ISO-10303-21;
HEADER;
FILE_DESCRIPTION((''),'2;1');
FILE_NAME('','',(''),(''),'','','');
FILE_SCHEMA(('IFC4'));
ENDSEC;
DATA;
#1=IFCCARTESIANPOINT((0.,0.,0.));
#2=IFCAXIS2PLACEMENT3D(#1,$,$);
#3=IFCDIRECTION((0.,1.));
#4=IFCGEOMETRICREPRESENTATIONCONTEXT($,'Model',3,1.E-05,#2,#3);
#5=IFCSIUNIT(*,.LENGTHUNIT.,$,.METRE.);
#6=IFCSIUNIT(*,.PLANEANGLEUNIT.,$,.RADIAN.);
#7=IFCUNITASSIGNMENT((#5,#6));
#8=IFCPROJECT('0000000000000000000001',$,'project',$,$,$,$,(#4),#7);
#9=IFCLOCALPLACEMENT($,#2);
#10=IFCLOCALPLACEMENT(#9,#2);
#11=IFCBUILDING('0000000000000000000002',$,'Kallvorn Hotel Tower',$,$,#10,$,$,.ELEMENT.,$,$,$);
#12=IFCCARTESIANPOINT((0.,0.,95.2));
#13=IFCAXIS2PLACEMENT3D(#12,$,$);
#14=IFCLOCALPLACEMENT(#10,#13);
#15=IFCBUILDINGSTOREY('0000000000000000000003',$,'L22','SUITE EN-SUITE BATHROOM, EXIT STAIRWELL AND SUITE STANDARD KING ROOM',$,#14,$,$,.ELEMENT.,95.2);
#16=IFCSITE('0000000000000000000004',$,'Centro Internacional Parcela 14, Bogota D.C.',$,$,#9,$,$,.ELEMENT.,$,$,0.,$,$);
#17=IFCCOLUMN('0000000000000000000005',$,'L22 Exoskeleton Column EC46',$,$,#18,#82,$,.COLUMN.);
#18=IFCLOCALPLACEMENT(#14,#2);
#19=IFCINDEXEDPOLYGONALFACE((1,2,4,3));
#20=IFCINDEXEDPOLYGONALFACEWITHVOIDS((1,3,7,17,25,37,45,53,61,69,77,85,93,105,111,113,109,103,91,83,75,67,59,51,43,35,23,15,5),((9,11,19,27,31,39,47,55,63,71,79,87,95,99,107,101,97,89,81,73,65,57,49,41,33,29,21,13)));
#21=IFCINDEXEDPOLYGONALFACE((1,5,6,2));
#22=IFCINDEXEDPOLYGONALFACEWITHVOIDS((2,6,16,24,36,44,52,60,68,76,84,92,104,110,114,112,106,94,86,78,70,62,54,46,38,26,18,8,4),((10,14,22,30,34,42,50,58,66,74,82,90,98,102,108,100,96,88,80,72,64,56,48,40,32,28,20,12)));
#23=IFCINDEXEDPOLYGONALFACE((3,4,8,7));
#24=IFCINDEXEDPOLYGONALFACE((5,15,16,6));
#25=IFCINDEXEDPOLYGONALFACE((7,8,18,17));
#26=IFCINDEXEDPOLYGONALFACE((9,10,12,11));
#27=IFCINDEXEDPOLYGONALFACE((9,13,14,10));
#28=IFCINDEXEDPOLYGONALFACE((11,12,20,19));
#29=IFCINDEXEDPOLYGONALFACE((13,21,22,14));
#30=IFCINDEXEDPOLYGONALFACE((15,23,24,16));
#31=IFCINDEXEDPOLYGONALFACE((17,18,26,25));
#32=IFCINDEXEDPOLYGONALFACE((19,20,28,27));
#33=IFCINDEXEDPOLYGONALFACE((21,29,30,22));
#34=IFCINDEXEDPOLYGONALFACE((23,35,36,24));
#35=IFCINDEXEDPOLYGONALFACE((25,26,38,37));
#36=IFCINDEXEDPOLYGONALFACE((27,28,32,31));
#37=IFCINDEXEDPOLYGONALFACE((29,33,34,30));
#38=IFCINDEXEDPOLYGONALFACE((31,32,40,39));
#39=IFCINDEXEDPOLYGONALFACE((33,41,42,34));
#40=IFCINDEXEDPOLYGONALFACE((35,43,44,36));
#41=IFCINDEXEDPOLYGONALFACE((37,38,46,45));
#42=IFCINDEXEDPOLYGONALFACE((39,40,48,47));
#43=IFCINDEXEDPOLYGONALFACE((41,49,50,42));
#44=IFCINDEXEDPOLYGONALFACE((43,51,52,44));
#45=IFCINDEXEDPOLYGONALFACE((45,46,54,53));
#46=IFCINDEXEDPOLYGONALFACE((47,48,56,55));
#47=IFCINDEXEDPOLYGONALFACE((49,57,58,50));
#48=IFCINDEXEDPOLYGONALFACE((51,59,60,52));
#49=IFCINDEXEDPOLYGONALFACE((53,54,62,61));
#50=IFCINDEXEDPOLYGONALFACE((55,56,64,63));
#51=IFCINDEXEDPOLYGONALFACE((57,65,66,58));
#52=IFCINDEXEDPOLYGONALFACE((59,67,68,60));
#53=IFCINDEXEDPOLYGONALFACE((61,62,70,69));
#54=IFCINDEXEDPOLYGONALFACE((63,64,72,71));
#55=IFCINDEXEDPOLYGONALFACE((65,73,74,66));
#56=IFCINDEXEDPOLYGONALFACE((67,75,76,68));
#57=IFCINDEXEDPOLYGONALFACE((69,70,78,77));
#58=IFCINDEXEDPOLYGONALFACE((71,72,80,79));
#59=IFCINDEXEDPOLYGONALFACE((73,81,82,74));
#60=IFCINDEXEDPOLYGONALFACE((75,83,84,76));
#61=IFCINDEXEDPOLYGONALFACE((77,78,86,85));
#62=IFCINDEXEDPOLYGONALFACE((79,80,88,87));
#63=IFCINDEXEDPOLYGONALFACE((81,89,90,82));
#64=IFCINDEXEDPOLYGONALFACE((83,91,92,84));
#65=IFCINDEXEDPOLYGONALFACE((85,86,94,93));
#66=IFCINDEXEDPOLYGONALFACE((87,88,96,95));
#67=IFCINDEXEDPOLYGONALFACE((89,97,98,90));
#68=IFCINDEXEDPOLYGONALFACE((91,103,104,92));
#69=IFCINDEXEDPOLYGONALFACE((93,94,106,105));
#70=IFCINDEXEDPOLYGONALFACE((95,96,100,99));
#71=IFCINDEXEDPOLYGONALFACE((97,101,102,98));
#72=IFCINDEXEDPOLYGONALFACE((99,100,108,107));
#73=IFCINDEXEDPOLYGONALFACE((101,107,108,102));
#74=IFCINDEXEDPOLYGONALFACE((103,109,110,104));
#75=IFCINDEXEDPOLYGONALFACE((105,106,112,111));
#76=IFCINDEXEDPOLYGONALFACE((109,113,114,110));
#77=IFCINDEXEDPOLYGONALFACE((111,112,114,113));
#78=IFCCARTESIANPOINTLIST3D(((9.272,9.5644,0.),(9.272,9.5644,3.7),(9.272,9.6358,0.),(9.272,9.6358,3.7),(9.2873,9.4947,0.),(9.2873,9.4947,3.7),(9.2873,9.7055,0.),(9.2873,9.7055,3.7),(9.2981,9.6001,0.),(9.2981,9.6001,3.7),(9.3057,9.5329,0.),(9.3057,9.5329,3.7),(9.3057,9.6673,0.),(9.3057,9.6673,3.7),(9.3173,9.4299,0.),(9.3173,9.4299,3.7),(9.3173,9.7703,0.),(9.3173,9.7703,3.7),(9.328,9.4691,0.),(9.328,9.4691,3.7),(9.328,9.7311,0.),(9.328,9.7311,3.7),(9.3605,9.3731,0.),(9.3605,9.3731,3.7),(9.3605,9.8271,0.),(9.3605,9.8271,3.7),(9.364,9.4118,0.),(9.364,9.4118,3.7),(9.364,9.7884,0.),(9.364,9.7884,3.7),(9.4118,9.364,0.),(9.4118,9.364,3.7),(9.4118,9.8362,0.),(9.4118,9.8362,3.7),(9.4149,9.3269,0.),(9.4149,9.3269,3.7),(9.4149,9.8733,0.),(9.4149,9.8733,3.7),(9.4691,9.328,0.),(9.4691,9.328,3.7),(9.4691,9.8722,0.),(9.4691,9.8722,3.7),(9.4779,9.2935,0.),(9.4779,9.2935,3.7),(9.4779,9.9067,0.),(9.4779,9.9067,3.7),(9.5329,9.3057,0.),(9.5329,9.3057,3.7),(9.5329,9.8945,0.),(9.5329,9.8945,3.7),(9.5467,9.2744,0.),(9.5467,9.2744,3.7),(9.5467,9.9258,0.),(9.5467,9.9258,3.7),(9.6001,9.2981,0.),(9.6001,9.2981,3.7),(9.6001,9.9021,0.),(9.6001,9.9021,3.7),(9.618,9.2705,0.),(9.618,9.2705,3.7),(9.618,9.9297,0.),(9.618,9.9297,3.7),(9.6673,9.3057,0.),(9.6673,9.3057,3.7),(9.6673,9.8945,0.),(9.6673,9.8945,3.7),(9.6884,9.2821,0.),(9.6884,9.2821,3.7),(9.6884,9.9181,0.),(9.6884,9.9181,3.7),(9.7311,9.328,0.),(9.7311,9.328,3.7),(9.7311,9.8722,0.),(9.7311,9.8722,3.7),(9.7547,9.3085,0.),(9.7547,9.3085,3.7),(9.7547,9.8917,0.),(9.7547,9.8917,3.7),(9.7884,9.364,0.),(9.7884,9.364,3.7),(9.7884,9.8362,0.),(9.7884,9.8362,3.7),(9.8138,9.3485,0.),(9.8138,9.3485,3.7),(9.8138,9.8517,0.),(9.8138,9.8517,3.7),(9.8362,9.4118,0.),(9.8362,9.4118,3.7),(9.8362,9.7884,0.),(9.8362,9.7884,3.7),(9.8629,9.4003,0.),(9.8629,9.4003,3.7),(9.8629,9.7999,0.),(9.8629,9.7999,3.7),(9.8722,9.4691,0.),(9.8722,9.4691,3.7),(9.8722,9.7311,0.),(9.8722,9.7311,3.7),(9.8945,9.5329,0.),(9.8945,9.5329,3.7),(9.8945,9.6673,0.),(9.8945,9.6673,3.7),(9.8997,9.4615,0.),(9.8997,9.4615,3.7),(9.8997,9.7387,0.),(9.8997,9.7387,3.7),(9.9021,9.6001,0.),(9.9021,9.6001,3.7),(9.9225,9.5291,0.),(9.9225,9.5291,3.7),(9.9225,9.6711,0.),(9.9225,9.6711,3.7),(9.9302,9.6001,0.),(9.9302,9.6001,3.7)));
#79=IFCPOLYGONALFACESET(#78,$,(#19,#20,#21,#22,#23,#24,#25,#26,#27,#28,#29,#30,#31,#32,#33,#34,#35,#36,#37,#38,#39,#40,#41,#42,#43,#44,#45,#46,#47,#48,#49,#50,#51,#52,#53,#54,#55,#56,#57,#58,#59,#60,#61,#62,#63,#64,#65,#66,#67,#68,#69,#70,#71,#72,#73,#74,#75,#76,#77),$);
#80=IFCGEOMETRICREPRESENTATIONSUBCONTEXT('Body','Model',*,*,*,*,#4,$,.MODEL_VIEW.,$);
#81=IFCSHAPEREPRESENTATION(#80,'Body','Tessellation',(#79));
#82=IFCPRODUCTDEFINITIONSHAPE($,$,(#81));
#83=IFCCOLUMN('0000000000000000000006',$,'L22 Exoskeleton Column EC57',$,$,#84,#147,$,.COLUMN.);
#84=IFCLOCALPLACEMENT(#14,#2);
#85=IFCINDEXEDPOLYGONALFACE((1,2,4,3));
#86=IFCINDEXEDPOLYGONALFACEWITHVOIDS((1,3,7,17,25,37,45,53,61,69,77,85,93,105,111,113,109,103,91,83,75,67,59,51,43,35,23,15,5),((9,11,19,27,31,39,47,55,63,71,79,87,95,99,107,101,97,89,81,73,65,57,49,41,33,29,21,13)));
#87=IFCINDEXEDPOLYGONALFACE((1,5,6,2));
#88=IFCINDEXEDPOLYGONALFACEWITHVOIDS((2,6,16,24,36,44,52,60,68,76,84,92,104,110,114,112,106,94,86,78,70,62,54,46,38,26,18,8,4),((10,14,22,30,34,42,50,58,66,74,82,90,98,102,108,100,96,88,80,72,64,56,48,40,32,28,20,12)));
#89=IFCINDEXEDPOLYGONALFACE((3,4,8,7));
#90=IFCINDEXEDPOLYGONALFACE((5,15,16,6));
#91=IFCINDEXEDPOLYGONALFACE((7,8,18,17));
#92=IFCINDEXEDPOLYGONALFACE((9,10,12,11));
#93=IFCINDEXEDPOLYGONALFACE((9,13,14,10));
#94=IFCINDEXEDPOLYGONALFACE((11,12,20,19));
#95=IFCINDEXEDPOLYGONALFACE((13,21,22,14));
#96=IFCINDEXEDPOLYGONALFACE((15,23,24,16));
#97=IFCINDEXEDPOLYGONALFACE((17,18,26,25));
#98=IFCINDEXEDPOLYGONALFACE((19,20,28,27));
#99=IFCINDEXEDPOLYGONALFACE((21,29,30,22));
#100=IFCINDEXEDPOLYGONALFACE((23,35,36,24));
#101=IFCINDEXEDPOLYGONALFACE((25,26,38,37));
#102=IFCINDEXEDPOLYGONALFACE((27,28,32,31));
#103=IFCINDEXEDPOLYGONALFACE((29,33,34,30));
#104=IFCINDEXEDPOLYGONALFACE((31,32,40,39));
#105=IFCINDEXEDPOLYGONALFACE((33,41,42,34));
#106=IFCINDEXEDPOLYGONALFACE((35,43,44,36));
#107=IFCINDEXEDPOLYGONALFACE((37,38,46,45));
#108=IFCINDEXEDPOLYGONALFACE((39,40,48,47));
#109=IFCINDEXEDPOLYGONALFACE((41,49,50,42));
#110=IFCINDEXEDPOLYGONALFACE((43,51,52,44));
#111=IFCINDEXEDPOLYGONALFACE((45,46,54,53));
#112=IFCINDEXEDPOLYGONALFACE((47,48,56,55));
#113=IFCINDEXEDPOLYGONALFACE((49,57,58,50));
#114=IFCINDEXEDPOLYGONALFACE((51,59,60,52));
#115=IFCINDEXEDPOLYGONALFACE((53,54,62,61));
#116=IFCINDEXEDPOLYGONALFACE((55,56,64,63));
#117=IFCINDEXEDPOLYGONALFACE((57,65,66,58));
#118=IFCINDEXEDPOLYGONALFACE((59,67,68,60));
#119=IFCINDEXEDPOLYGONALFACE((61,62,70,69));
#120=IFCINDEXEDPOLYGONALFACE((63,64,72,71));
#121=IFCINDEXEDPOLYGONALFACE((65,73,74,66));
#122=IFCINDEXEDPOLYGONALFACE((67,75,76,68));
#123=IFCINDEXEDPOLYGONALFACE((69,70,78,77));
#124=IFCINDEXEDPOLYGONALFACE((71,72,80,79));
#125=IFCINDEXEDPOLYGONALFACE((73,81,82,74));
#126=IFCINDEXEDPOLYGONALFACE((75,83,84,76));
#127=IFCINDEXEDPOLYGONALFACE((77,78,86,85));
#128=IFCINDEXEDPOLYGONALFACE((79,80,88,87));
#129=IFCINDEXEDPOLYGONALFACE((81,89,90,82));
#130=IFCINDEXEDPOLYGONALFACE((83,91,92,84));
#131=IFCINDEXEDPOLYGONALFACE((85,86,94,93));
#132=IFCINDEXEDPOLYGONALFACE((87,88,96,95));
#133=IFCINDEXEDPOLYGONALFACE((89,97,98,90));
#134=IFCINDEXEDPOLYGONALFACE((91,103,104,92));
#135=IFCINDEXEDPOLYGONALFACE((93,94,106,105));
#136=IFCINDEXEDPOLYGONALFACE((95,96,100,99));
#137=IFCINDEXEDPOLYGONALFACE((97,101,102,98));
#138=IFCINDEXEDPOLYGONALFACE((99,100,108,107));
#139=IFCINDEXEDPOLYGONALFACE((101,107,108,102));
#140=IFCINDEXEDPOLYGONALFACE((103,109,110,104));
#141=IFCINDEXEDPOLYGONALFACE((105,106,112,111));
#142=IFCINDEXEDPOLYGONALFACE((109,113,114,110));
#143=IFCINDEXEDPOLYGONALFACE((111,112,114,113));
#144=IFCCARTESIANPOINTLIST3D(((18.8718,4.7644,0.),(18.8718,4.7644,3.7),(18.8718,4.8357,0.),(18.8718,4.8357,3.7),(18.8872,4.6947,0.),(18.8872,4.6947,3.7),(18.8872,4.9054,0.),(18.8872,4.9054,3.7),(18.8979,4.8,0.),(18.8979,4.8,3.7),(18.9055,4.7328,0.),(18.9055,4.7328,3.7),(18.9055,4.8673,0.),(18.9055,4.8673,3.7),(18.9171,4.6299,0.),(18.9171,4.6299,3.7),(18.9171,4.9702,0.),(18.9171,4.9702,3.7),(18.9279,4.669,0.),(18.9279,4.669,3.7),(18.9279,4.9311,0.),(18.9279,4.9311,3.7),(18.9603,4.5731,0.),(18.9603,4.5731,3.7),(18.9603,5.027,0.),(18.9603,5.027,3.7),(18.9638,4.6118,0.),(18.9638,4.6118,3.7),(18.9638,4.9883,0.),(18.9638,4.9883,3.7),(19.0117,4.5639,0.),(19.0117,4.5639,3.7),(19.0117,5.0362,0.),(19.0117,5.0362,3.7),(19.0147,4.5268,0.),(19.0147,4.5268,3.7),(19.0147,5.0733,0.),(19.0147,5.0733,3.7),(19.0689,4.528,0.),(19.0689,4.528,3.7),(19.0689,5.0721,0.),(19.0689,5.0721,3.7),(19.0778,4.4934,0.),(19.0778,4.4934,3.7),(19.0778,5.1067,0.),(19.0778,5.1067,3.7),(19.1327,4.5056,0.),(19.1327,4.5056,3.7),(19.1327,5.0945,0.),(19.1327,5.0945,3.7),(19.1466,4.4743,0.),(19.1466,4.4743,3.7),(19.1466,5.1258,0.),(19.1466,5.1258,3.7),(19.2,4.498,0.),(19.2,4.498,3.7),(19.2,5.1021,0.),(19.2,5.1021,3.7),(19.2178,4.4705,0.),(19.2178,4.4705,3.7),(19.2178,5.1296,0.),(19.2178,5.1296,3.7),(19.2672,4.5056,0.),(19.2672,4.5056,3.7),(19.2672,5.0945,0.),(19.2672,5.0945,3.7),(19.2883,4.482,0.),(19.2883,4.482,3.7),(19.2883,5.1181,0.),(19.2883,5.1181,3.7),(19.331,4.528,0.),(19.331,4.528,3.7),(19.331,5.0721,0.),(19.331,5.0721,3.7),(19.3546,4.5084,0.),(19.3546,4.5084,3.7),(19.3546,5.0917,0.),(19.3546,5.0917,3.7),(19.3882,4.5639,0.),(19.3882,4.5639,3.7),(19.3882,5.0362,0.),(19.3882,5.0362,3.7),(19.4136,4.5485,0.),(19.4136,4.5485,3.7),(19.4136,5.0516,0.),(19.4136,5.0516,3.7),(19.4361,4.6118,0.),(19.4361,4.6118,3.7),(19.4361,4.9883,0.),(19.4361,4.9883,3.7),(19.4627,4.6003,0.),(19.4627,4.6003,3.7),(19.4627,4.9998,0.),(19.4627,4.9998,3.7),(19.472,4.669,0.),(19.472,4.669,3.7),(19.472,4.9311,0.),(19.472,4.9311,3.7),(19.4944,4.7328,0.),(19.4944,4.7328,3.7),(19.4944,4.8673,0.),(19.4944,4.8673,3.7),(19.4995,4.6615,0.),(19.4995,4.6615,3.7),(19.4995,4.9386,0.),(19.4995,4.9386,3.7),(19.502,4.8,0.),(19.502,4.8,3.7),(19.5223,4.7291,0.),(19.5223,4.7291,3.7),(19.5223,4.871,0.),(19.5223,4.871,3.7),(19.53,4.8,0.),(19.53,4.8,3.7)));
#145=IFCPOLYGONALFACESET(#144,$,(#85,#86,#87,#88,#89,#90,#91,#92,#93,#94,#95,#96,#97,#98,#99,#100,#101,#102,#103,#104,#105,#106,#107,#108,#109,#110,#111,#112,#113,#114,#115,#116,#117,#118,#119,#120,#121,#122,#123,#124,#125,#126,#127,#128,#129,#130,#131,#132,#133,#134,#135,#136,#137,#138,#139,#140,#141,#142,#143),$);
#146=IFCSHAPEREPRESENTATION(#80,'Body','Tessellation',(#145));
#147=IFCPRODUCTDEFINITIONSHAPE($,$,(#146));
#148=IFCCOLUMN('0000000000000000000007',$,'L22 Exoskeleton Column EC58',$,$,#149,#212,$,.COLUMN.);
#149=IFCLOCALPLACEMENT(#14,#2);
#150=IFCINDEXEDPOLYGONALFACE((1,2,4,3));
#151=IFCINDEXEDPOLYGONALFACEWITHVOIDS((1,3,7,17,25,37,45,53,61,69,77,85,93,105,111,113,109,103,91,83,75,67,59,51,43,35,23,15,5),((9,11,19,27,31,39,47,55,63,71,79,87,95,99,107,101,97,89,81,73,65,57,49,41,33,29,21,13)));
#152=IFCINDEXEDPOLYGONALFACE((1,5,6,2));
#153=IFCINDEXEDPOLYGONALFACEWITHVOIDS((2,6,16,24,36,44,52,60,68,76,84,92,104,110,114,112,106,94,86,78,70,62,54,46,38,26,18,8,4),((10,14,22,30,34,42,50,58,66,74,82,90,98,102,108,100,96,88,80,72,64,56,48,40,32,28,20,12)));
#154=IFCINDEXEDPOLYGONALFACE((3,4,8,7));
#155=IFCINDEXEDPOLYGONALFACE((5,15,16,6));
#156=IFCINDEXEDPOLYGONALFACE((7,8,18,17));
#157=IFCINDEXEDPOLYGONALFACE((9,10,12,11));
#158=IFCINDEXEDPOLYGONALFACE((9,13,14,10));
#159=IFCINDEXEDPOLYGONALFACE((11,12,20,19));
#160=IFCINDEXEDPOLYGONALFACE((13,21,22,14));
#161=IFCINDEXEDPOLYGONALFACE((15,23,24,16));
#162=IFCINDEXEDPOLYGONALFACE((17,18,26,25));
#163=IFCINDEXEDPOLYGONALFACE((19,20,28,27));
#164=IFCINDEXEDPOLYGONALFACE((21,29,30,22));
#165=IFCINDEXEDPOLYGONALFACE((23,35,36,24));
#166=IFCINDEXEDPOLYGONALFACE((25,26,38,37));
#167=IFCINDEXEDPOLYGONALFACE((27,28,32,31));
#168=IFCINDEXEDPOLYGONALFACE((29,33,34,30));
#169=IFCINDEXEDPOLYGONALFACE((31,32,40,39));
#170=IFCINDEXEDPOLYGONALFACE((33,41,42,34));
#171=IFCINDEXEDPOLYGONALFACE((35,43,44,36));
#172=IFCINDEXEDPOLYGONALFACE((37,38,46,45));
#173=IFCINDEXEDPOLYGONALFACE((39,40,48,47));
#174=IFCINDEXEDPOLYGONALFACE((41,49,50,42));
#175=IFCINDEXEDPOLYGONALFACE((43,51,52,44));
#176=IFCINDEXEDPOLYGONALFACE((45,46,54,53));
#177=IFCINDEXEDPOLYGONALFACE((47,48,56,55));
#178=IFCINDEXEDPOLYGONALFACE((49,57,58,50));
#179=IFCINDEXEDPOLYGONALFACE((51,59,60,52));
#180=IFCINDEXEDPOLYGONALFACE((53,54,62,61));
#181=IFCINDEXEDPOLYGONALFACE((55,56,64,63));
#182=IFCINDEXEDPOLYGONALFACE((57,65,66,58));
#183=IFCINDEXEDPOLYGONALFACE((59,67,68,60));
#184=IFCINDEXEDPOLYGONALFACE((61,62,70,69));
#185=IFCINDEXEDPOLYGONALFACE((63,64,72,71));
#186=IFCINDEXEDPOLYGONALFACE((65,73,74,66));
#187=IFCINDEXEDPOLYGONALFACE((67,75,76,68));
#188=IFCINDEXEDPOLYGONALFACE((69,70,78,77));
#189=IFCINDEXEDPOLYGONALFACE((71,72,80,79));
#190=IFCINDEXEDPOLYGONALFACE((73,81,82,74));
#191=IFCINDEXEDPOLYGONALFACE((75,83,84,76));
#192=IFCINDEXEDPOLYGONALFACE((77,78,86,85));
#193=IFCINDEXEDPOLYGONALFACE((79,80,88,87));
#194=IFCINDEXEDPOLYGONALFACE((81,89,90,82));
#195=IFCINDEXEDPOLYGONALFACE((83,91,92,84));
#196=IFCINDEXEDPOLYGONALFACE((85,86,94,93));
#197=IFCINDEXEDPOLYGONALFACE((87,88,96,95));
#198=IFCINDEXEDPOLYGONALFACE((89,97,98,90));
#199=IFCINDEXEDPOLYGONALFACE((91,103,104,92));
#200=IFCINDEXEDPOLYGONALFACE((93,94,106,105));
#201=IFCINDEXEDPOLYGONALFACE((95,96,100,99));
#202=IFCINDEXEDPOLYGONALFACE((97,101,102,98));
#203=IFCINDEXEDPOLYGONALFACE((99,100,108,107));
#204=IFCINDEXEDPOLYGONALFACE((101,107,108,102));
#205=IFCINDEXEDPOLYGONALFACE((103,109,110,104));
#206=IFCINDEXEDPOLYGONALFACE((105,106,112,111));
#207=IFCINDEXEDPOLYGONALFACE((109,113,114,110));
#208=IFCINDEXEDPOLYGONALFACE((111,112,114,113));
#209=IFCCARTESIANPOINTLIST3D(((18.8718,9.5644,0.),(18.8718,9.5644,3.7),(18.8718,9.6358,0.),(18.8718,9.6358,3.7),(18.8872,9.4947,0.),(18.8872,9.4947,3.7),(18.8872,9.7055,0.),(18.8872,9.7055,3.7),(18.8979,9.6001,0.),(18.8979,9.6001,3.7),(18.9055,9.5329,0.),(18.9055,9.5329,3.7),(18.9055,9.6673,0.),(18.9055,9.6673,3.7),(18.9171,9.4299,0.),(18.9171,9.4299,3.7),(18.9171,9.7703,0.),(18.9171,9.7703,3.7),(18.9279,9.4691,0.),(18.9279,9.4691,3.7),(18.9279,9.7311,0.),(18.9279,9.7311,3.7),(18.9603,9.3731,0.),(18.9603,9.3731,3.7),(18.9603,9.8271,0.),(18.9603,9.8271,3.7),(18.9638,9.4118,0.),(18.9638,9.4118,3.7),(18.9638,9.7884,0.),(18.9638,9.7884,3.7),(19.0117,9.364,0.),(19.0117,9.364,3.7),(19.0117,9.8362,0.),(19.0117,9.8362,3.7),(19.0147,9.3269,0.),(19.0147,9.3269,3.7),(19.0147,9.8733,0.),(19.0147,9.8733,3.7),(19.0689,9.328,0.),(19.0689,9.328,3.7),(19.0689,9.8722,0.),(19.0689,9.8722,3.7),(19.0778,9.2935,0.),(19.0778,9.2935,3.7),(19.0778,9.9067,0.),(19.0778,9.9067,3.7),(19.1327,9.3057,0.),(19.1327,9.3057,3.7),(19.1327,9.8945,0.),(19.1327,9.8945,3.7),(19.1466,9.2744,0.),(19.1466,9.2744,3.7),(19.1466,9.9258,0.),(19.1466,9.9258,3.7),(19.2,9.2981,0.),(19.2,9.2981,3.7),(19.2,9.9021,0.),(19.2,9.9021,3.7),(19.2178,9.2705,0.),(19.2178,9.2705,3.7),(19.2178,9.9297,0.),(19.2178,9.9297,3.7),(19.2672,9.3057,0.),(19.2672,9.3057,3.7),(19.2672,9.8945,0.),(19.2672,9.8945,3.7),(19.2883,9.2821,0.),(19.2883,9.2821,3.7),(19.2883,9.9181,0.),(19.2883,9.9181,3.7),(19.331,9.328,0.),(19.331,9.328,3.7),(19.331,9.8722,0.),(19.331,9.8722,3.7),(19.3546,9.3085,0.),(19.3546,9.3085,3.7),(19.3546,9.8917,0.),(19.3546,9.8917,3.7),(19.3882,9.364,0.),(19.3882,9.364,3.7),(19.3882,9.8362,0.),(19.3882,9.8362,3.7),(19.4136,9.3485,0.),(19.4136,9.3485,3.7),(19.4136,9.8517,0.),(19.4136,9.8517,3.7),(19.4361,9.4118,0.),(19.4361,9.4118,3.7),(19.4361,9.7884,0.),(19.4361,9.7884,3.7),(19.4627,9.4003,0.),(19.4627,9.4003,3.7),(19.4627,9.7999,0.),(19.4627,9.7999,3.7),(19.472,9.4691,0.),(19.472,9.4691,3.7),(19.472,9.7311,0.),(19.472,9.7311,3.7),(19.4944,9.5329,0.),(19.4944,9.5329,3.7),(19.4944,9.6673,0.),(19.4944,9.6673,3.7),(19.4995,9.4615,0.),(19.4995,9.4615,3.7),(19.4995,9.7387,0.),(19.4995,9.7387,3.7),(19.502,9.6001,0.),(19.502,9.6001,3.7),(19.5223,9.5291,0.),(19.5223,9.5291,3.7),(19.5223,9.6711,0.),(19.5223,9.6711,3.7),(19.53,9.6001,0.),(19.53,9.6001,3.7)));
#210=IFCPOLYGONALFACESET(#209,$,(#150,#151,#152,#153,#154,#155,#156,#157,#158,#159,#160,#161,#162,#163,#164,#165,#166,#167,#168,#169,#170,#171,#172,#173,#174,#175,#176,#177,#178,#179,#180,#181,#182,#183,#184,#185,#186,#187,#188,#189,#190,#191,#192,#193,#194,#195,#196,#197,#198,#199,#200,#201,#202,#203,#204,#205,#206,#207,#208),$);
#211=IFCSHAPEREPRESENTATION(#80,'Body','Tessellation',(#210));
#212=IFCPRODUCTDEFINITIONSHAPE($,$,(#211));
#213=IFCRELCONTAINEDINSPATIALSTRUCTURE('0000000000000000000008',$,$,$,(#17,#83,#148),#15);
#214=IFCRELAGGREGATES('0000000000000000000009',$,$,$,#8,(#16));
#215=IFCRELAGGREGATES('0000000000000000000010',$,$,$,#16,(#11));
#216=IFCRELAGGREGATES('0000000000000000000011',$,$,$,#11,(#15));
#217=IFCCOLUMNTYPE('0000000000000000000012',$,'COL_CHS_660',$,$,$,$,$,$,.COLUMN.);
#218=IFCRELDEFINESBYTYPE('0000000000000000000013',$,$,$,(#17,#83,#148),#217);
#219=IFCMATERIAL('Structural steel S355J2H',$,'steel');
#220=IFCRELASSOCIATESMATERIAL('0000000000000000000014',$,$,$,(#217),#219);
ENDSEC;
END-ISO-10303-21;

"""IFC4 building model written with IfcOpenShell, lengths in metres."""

from ifc_helpers import new_model, si_unit, direction, frame, origin, origin_2d, place, context, subcontext, project, spatial, hollow_circle, extrude, material, material_profile, profile_set, type_object, element, save


model = new_model("IFC4")

# Units and contexts
model_context = context("Model", 3, precision=1e-05, world=origin(), true_north=direction((0.0, 1.0)))
body_context = subcontext(model_context, "Body", "Model", "MODEL_VIEW")
ifc_project = project(units=[si_unit("LENGTHUNIT", "METRE"), si_unit("PLANEANGLEUNIT", "RADIAN")], contexts=[model_context])

# Site, building, storey
site_placement = place(None, origin())
site = spatial("IfcSite", under=ifc_project, at=site_placement, Name="Centro Internacional Parcela 14, Bogota D.C.", CompositionType="ELEMENT", RefElevation=0.0)
building_placement = place(site_placement, origin())
building = spatial("IfcBuilding", under=site, at=building_placement, Name="Kallvorn Hotel Tower", CompositionType="ELEMENT")
storey_placement = place(building_placement, frame((0.0, 0.0, 95.2)))
storey = spatial("IfcBuildingStorey", under=building, at=storey_placement, Name="L22", Description="SUITE EN-SUITE BATHROOM, EXIT STAIRWELL AND SUITE STANDARD KING ROOM", CompositionType="ELEMENT", Elevation=95.2)

# Columns
ifc_material_1 = material(Name="Structural steel S355J2H", Category="steel")
ifc_material_profile_1 = material_profile(ifc_material_1, hollow_circle(Radius=0.3301, WallThickness=0.0281, at=origin_2d()), Name="CHS 660x28")
ifc_profile_set_1 = profile_set([ifc_material_profile_1], Name="Structural steel S355J2H")
column_type_1 = type_object("IfcColumnType", Name="COL_CHS_660", PredefinedType="COLUMN", material=ifc_profile_set_1)
for number, where, z_axis, x_axis, name in (
    (1, (9.6001, 9.6001, 0.0), (0.0, 0.0, 1.0), (1.0, 0.0, 0.0), "L22 Exoskeleton Column EC46"),
    (2, (19.2, 4.8, 0.0), (0.0, 0.0, 1.0), (1.0, 0.0, 0.0), "L22 Exoskeleton Column EC57"),
    (3, (19.2, 9.6001, 0.0), (0.0, 0.0, 1.0), (1.0, 0.0, 0.0), "L22 Exoskeleton Column EC58"),
):
    element("IfcColumn", number, at=place(storey_placement, frame(where, z_axis=z_axis, x_axis=x_axis)), inside=storey, type_object=column_type_1, Name=name, PredefinedType="COLUMN", context=body_context, shape_type="SweptSolid", body=[
        extrude(hollow_circle(Radius=0.3301, WallThickness=0.0281, at=origin_2d()), origin(), (0.0, 0.0, 1.0), 3.7),
    ])

save(model, "model.ifc")
